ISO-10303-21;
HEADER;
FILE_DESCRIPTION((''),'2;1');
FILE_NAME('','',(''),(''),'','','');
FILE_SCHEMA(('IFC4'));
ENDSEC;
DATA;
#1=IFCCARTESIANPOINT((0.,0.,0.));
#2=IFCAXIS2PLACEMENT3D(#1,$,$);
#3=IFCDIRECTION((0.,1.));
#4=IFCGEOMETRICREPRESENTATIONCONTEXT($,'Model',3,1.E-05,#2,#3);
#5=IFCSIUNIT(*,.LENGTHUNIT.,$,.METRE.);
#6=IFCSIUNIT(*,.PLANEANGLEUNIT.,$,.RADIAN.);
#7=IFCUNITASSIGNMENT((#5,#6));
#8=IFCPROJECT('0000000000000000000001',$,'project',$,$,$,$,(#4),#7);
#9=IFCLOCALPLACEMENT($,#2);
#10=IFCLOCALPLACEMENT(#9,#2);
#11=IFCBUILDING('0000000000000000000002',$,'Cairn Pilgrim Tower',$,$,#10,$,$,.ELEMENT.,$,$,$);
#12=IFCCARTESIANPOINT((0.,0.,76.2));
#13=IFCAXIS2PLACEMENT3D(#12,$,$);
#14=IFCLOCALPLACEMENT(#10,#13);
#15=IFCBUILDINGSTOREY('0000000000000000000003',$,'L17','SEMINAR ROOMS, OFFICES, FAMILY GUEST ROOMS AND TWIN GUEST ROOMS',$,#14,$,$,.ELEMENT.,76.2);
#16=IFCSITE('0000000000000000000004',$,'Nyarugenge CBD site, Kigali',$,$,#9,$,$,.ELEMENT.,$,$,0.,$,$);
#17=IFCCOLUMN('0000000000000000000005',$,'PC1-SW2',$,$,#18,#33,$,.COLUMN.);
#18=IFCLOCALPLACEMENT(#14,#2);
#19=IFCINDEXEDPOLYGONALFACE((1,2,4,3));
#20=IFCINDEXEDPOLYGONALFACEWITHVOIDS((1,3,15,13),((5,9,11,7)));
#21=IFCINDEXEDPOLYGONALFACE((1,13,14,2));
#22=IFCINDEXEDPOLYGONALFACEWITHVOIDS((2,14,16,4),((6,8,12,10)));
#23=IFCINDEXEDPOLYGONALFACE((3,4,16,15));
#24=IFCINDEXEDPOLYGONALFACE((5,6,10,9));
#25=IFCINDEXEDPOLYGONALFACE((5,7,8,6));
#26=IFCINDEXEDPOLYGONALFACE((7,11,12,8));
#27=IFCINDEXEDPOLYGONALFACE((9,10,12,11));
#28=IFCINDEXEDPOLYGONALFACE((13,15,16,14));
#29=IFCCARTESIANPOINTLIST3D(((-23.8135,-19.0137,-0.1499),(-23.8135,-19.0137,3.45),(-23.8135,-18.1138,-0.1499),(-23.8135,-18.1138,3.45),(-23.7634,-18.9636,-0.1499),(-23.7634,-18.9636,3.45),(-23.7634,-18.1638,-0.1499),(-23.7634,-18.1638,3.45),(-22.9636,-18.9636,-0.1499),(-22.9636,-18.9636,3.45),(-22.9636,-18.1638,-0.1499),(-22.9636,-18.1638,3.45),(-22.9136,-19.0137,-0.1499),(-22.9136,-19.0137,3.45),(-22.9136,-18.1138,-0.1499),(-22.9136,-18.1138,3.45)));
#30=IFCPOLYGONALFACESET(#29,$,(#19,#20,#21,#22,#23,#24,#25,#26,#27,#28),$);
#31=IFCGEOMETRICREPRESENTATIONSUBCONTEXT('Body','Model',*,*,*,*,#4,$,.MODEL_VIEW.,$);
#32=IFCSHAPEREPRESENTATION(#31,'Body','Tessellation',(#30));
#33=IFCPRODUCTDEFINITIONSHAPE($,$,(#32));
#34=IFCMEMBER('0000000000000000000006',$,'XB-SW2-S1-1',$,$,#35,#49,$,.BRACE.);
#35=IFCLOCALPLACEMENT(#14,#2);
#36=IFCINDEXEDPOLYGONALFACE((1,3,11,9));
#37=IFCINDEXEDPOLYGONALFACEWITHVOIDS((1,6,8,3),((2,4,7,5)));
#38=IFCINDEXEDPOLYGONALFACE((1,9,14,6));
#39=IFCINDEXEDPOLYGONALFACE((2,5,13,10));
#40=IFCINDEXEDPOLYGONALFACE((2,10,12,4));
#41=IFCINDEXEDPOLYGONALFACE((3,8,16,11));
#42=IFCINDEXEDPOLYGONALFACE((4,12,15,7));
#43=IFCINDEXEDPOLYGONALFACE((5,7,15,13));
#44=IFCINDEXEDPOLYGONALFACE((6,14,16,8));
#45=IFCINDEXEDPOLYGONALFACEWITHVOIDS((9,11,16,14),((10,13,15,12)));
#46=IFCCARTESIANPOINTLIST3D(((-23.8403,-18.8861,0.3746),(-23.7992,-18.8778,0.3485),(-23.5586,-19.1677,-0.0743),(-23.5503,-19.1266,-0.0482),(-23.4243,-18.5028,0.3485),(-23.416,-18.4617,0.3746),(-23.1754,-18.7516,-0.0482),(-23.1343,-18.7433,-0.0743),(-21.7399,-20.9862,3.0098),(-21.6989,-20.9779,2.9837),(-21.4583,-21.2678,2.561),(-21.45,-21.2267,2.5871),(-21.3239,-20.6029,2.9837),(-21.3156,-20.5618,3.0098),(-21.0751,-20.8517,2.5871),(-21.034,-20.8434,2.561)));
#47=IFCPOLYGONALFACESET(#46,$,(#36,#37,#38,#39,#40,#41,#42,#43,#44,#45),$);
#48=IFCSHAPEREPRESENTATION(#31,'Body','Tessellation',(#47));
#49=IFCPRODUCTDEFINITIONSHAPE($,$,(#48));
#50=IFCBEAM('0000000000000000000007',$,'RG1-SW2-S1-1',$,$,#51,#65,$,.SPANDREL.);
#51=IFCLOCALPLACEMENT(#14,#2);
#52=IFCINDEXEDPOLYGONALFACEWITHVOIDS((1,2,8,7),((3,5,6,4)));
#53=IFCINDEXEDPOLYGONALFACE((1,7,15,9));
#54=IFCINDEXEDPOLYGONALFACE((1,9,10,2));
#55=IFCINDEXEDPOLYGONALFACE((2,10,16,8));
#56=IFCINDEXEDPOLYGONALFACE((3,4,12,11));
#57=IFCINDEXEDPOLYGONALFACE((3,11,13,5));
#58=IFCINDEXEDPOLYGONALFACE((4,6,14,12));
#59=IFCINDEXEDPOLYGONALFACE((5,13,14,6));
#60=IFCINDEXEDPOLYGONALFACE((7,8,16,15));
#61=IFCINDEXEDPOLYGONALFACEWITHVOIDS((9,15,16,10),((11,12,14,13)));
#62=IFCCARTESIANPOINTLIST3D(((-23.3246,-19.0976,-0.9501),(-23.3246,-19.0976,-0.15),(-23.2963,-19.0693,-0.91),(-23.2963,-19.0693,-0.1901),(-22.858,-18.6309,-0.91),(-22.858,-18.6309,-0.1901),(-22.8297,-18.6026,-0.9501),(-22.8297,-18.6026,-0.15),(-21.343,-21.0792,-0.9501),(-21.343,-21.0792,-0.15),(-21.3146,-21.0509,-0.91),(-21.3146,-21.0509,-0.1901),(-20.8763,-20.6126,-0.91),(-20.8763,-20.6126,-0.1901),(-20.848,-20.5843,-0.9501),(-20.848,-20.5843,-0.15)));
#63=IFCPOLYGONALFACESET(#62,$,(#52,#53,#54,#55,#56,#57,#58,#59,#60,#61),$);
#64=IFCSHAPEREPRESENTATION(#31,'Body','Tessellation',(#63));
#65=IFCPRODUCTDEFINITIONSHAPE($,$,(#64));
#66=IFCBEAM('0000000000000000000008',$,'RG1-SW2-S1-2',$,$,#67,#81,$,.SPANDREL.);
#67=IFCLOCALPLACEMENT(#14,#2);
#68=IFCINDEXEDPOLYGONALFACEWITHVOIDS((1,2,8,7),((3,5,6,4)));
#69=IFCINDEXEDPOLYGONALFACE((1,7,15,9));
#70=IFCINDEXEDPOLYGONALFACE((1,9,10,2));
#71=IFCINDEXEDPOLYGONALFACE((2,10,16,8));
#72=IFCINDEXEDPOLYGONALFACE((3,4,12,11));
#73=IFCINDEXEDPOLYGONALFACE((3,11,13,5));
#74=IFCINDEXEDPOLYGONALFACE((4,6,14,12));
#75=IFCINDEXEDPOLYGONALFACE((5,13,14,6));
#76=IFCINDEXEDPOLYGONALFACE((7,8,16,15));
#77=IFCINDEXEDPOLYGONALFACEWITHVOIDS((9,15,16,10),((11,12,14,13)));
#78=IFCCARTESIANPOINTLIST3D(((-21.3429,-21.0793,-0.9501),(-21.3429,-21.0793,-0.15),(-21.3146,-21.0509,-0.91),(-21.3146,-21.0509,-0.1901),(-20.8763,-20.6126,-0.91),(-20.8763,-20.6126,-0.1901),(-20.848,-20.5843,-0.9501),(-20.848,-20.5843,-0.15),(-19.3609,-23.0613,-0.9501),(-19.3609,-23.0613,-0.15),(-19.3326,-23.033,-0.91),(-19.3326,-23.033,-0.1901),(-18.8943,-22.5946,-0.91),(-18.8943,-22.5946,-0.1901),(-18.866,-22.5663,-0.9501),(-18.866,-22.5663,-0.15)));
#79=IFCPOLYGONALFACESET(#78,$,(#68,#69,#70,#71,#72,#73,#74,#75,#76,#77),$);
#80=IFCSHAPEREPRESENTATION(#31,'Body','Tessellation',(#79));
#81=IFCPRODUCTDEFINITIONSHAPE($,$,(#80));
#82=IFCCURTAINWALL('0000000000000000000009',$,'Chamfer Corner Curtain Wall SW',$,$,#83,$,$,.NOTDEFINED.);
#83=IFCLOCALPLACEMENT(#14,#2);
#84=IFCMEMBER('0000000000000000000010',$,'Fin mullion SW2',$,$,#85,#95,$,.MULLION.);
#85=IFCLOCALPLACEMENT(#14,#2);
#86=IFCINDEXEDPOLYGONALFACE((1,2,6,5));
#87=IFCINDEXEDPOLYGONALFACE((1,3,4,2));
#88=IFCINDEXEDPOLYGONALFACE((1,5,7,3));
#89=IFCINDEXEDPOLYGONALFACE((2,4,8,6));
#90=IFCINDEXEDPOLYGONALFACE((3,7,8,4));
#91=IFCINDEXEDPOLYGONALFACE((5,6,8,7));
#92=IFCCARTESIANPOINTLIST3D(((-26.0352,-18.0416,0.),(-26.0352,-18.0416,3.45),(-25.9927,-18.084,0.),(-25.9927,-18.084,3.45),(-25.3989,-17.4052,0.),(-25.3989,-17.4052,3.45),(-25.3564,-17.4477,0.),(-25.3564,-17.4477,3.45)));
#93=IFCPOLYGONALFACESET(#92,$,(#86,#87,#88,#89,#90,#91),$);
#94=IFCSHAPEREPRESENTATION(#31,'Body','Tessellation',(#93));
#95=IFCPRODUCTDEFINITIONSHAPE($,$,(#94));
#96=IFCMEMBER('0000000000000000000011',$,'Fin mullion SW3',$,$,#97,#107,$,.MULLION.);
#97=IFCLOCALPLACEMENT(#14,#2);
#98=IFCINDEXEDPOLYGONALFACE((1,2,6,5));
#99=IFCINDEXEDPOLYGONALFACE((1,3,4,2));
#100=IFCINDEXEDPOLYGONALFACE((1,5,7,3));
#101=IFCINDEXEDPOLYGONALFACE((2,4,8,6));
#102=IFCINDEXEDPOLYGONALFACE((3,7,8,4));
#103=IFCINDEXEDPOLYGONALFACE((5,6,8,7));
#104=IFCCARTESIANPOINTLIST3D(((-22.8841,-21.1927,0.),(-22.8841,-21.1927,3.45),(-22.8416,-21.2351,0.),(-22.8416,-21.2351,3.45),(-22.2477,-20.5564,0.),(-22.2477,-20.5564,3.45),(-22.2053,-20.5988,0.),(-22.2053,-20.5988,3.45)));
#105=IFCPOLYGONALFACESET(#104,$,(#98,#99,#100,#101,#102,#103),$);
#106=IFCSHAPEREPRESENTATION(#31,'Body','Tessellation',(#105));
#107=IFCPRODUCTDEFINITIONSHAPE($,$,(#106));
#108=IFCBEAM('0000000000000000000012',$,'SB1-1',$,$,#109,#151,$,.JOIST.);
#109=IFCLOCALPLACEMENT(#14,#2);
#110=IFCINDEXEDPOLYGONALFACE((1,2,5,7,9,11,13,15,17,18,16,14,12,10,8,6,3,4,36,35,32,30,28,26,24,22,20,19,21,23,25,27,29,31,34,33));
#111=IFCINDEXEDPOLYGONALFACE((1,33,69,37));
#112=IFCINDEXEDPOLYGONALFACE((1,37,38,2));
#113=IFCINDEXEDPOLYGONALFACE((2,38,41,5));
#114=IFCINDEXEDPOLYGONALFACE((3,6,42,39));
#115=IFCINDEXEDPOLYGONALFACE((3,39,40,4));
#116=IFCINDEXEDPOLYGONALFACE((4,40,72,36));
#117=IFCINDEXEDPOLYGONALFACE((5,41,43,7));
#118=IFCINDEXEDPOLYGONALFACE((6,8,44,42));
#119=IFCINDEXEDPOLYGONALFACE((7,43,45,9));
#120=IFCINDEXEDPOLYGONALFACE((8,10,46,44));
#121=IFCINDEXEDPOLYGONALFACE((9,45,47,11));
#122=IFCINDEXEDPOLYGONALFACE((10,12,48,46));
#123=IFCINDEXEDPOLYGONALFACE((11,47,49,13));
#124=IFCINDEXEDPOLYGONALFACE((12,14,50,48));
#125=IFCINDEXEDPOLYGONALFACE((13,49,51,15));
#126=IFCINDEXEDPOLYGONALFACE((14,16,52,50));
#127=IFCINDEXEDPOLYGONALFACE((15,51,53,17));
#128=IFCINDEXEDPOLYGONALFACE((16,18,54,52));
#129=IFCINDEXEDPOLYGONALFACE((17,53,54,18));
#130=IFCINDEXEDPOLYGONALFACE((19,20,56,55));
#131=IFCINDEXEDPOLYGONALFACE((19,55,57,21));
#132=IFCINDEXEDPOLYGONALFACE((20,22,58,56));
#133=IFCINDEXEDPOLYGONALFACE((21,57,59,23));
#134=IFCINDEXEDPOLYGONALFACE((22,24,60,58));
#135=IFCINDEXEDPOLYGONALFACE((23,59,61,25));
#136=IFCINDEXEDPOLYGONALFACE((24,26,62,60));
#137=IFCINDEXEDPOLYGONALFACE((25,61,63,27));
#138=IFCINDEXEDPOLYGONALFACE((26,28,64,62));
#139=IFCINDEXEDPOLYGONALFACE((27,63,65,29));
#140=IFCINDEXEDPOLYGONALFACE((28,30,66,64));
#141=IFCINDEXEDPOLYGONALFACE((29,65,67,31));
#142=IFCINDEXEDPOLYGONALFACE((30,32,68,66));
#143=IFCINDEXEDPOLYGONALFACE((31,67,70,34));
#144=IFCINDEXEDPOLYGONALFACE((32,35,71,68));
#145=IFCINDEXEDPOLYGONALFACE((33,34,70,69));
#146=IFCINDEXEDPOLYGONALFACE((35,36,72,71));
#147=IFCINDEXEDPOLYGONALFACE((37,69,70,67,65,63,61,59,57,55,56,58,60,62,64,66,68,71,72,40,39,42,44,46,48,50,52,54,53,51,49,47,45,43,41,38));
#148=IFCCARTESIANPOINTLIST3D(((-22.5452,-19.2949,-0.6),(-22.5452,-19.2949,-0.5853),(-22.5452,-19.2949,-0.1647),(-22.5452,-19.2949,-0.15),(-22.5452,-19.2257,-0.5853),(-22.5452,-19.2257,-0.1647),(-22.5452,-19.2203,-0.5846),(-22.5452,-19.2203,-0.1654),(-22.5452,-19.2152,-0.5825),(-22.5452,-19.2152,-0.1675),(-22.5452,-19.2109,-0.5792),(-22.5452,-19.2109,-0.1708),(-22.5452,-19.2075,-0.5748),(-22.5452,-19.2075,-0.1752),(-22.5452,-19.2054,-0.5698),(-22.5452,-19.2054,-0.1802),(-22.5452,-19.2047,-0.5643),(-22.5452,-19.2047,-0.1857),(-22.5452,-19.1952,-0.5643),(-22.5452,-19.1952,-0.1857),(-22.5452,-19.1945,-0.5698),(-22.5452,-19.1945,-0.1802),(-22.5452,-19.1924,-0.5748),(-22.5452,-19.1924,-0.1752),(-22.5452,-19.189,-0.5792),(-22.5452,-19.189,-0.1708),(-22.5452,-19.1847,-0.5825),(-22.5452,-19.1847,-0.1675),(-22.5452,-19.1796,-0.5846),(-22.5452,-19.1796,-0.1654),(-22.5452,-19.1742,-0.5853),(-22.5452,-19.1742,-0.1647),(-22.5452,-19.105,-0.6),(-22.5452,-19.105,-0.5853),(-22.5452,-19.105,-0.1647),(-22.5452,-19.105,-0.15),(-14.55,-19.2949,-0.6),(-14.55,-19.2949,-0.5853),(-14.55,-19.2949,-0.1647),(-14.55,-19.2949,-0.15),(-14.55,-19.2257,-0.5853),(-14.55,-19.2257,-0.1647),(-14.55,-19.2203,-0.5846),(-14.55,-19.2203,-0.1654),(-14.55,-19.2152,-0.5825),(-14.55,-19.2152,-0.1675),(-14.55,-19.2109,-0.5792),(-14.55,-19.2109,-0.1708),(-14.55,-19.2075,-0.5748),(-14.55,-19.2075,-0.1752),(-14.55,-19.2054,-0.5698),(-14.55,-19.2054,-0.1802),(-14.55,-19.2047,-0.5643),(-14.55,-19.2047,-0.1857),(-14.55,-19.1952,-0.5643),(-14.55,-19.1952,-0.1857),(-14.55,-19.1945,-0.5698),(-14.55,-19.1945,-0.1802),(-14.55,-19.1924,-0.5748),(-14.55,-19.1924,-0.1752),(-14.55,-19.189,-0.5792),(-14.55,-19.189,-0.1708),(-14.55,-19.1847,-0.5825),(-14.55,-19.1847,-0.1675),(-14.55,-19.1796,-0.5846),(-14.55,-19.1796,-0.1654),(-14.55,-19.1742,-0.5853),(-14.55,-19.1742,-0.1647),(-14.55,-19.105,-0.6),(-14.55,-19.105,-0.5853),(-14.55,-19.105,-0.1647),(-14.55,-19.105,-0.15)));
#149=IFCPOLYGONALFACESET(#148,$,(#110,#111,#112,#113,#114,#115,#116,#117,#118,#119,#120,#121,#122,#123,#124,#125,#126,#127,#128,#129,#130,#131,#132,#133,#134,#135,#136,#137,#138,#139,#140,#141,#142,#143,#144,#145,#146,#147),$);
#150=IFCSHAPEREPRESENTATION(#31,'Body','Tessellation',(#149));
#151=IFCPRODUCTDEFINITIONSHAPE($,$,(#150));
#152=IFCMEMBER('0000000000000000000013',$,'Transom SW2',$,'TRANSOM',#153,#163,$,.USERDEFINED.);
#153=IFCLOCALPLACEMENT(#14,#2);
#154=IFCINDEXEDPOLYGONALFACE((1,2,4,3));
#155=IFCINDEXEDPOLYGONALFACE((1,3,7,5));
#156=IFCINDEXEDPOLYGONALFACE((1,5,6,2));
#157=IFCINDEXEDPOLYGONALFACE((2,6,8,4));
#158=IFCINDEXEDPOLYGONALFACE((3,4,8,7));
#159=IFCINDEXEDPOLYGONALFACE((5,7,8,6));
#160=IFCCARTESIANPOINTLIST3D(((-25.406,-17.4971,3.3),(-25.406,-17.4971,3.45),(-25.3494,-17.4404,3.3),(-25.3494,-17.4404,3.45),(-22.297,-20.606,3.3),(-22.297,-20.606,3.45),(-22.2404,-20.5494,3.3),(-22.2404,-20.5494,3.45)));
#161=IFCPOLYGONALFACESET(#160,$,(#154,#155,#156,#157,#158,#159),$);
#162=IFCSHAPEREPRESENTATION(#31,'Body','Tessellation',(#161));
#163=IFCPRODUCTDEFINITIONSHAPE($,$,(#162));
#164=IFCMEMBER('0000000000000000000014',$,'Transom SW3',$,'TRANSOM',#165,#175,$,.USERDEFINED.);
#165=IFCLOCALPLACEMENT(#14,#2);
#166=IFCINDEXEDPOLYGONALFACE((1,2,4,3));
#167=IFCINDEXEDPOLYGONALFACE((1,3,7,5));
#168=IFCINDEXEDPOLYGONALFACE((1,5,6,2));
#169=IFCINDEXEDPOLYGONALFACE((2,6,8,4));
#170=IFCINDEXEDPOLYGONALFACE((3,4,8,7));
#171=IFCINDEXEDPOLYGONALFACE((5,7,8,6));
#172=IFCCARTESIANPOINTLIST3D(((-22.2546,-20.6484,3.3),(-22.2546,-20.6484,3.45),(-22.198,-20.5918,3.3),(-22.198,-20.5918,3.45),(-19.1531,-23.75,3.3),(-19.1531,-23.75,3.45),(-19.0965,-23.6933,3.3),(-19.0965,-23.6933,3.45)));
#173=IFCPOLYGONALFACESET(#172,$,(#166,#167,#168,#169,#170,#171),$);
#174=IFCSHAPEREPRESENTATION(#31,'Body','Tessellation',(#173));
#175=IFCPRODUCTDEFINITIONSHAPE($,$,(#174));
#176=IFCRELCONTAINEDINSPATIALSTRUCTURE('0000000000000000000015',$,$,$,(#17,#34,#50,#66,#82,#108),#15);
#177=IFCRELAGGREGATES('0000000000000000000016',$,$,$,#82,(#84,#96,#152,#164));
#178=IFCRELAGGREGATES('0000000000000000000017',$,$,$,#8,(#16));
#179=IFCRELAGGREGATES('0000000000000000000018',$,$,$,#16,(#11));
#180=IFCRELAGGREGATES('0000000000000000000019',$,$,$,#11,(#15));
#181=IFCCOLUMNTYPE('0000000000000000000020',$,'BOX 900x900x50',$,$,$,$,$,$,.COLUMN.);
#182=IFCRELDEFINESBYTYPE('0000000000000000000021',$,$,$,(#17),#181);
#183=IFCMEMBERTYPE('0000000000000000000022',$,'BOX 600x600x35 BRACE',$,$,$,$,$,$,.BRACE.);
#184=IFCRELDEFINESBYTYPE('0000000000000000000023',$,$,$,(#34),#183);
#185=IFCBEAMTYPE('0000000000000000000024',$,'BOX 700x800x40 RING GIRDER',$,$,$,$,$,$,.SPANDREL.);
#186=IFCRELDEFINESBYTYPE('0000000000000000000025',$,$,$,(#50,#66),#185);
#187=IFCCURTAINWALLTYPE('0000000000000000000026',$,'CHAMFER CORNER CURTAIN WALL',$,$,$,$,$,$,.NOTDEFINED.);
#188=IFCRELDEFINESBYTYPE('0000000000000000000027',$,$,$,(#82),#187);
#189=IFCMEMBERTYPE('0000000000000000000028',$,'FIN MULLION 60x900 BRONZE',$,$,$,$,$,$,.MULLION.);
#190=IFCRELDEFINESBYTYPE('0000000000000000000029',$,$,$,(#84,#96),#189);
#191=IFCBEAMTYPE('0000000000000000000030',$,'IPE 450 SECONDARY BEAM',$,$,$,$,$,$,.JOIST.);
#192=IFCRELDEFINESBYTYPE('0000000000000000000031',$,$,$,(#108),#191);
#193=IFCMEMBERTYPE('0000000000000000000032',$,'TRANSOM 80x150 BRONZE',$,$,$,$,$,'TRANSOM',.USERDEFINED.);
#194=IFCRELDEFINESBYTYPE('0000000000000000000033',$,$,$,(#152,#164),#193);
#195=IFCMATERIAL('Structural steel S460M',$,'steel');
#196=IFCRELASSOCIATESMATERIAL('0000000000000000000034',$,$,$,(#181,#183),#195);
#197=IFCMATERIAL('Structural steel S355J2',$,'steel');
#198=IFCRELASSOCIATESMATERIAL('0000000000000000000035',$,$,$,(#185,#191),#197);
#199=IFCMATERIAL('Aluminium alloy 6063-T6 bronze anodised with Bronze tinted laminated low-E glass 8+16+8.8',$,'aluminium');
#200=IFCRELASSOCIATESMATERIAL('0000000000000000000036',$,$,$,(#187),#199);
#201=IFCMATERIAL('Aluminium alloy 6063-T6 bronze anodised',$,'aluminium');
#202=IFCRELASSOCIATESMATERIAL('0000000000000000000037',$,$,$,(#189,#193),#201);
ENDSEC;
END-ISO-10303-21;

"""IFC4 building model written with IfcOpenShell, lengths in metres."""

from ifc_helpers import new_model, si_unit, direction, frame, origin, origin_2d, place, context, subcontext, project, spatial, rectangle, hollow_rectangle, i_section, extrude, material, material_profile, profile_set, type_object, element, aggregate, save


model = new_model("IFC4")

# Units and contexts
model_context = context("Model", 3, precision=1e-05, world=origin(), true_north=direction((0.0, 1.0)))
body_context = subcontext(model_context, "Body", "Model", "MODEL_VIEW")
ifc_project = project(units=[si_unit("LENGTHUNIT", "METRE"), si_unit("PLANEANGLEUNIT", "RADIAN")], contexts=[model_context])

# Site, building, storey
site_placement = place(None, origin())
site = spatial("IfcSite", under=ifc_project, at=site_placement, Name="Nyarugenge CBD site, Kigali", CompositionType="ELEMENT", RefElevation=0.0)
building_placement = place(site_placement, origin())
building = spatial("IfcBuilding", under=site, at=building_placement, Name="Cairn Pilgrim Tower", CompositionType="ELEMENT")
storey_placement = place(building_placement, frame((0.0, 0.0, 76.2)))
storey = spatial("IfcBuildingStorey", under=building, at=storey_placement, Name="L17", Description="SEMINAR ROOMS, OFFICES, FAMILY GUEST ROOMS AND TWIN GUEST ROOMS", CompositionType="ELEMENT", Elevation=76.2)

# Column
ifc_material_1 = material(Name="Structural steel S460M", Category="steel")
ifc_material_profile_1 = material_profile(ifc_material_1, hollow_rectangle(XDim=0.8999, YDim=0.8999, WallThickness=0.05, at=origin_2d()), Name="BOX 900x900x50")
ifc_profile_set_1 = profile_set([ifc_material_profile_1], Name="Structural steel S460M")
column_type = type_object("IfcColumnType", Name="BOX 900x900x50", PredefinedType="COLUMN", material=ifc_profile_set_1)
column_placement = place(storey_placement, frame((-23.3635, -18.5637, -0.1499), z_axis=(0.0, 0.0, 1.0), x_axis=(1.0, 0.0, 0.0)))
element("IfcColumn", 1, at=column_placement, inside=storey, type_object=column_type, Name="PC1-SW2", PredefinedType="COLUMN", context=body_context, shape_type="SweptSolid", body=[
    extrude(hollow_rectangle(XDim=0.8999, YDim=0.8999, WallThickness=0.05, at=origin_2d()), origin(), (0.0, 0.0, 1.0), 3.5999),
])

# Member
ifc_material_profile_2 = material_profile(ifc_material_1, hollow_rectangle(XDim=0.6001, YDim=0.6001, WallThickness=0.0349, at=origin_2d()), Name="BOX 600x600x35")
ifc_profile_set_2 = profile_set([ifc_material_profile_2], Name="Structural steel S460M")
member_type_1 = type_object("IfcMemberType", Name="BOX 600x600x35 BRACE", PredefinedType="BRACE", material=ifc_profile_set_2)
member_1_placement = place(storey_placement, frame((-23.4873, -18.8147, 0.1501), z_axis=(0.528961, -0.528899, 0.663676), x_axis=(0.707066, 0.707148, 0.0)))
element("IfcMember", 2, at=member_1_placement, inside=storey, type_object=member_type_1, Name="XB-SW2-S1-1", PredefinedType="BRACE", context=body_context, shape_type="SweptSolid", body=[
    extrude(hollow_rectangle(XDim=0.6001, YDim=0.6001, WallThickness=0.0349, at=origin_2d()), origin(), (0.0, 0.0, 1.0), 3.9707),
])

# Beams
ifc_material_2 = material(Name="Structural steel S355J2", Category="steel")
ifc_material_profile_3 = material_profile(ifc_material_2, hollow_rectangle(XDim=0.7, YDim=0.8, WallThickness=0.04, at=origin_2d()), Name="BOX 700x800x40")
ifc_profile_set_3 = profile_set([ifc_material_profile_3], Name="Structural steel S355J2")
beam_type_1 = type_object("IfcBeamType", Name="BOX 700x800x40 RING GIRDER", PredefinedType="SPANDREL", material=ifc_profile_set_3)
beam_1_placement = place(storey_placement, frame((-23.0771, -18.8501, -0.55), z_axis=(0.707107, -0.707107, 0.0), x_axis=(0.707107, 0.707107, 0.0)))
element("IfcBeam", 3, at=beam_1_placement, inside=storey, type_object=beam_type_1, Name="RG1-SW2-S1-1", PredefinedType="SPANDREL", context=body_context, shape_type="SweptSolid", body=[
    extrude(hollow_rectangle(XDim=0.7, YDim=0.8, WallThickness=0.04, at=origin_2d()), origin(), (0.0, 0.0, 1.0), 2.8025),
])
beam_2_placement = place(storey_placement, frame((-21.0955, -20.8318, -0.55), z_axis=(0.707107, -0.707107, 0.0), x_axis=(0.707107, 0.707107, 0.0)))
element("IfcBeam", 4, at=beam_2_placement, inside=storey, type_object=beam_type_1, Name="RG1-SW2-S1-2", PredefinedType="SPANDREL", context=body_context, shape_type="SweptSolid", body=[
    extrude(hollow_rectangle(XDim=0.7, YDim=0.8, WallThickness=0.04, at=origin_2d()), origin(), (0.0, 0.0, 1.0), 2.803),
])

# Curtain wall, members
ifc_material_3 = material(Name="Aluminium alloy 6063-T6 bronze anodised with Bronze tinted laminated low-E glass 8+16+8.8", Category="aluminium")
curtain_wall_type = type_object("IfcCurtainWallType", Name="CHAMFER CORNER CURTAIN WALL", PredefinedType="NOTDEFINED", material=ifc_material_3)
curtain_wall_placement = place(storey_placement, origin())
curtain_wall = element("IfcCurtainWall", 5, at=curtain_wall_placement, inside=storey, type_object=curtain_wall_type, Name="Chamfer Corner Curtain Wall SW", PredefinedType="NOTDEFINED")
ifc_material_4 = material(Name="Aluminium alloy 6063-T6 bronze anodised", Category="aluminium")
ifc_material_profile_4 = material_profile(ifc_material_4, rectangle(XDim=0.8999, YDim=0.0601, at=origin_2d()), Name="FIN MULLION 60x900 BRONZE")
ifc_profile_set_4 = profile_set([ifc_material_profile_4], Name="Aluminium alloy 6063-T6 bronze anodised")
member_type_2 = type_object("IfcMemberType", Name="FIN MULLION 60x900 BRONZE", PredefinedType="MULLION", material=ifc_profile_set_4)
member_2_placement = place(storey_placement, frame((-25.6958, -17.7446, 0.0), z_axis=(0.0, 0.0, 1.0), x_axis=(-0.707107, -0.707107, 0.0)))
member_2 = element("IfcMember", 6, at=member_2_placement, type_object=member_type_2, Name="Fin mullion SW2", PredefinedType="MULLION", context=body_context, shape_type="SweptSolid", body=[
    extrude(rectangle(XDim=0.8999, YDim=0.0601, at=origin_2d()), origin(), (0.0, 0.0, 1.0), 3.45),
])
member_3_placement = place(storey_placement, frame((-22.5447, -20.8958, 0.0), z_axis=(0.0, 0.0, 1.0), x_axis=(-0.707107, -0.707107, 0.0)))
member_3 = element("IfcMember", 7, at=member_3_placement, type_object=member_type_2, Name="Fin mullion SW3", PredefinedType="MULLION", context=body_context, shape_type="SweptSolid", body=[
    extrude(rectangle(XDim=0.8999, YDim=0.0601, at=origin_2d()), origin(), (0.0, 0.0, 1.0), 3.45),
])

# Beam
ifc_material_profile_5 = material_profile(ifc_material_2, i_section(OverallWidth=0.1899, OverallDepth=0.45, WebThickness=0.0095, FlangeThickness=0.0146, FilletRadius=0.021, at=origin_2d()), Name="IPE 450")
ifc_profile_set_5 = profile_set([ifc_material_profile_5], Name="Structural steel S355J2")
beam_type_2 = type_object("IfcBeamType", Name="IPE 450 SECONDARY BEAM", PredefinedType="JOIST", material=ifc_profile_set_5)
beam_3_placement = place(storey_placement, frame((-22.5452, -19.2, -0.375), z_axis=(1.0, 0.0, 0.0), x_axis=(0.0, 1.0, 0.0)))
element("IfcBeam", 8, at=beam_3_placement, inside=storey, type_object=beam_type_2, Name="SB1-1", PredefinedType="JOIST", context=body_context, shape_type="SweptSolid", body=[
    extrude(i_section(OverallWidth=0.1899, OverallDepth=0.45, WebThickness=0.0095, FlangeThickness=0.0146, FilletRadius=0.021, at=origin_2d()), origin(), (0.0, 0.0, 1.0), 7.9951),
])

# Members
ifc_material_profile_6 = material_profile(ifc_material_4, rectangle(XDim=0.0801, YDim=0.1499, at=origin_2d()), Name="TRANSOM 80x150 BRONZE")
ifc_profile_set_6 = profile_set([ifc_material_profile_6], Name="Aluminium alloy 6063-T6 bronze anodised")
member_type_3 = type_object("IfcMemberType", Name="TRANSOM 80x150 BRONZE", ElementType="TRANSOM", PredefinedType="USERDEFINED", material=ifc_profile_set_6)
member_4_placement = place(storey_placement, frame((-25.3777, -17.4688, 3.375), z_axis=(0.707107, -0.707107, 0.0), x_axis=(0.707107, 0.707107, 0.0)))
member_4 = element("IfcMember", 9, at=member_4_placement, type_object=member_type_3, Name="Transom SW2", ObjectType="TRANSOM", PredefinedType="USERDEFINED", context=body_context, shape_type="SweptSolid", body=[
    extrude(rectangle(XDim=0.0801, YDim=0.1499, at=origin_2d()), origin(), (0.0, 0.0, 1.0), 4.3967),
])
member_5_placement = place(storey_placement, frame((-22.2263, -20.6201, 3.375), z_axis=(0.707107, -0.707107, 0.0), x_axis=(0.707107, 0.707107, 0.0)))
member_5 = element("IfcMember", 10, at=member_5_placement, type_object=member_type_3, Name="Transom SW3", ObjectType="TRANSOM", PredefinedType="USERDEFINED", context=body_context, shape_type="SweptSolid", body=[
    extrude(rectangle(XDim=0.0801, YDim=0.1499, at=origin_2d()), origin(), (0.0, 0.0, 1.0), 4.3862),
])

aggregate(curtain_wall, [member_2, member_3, member_4, member_5])

save(model, "model.ifc")
